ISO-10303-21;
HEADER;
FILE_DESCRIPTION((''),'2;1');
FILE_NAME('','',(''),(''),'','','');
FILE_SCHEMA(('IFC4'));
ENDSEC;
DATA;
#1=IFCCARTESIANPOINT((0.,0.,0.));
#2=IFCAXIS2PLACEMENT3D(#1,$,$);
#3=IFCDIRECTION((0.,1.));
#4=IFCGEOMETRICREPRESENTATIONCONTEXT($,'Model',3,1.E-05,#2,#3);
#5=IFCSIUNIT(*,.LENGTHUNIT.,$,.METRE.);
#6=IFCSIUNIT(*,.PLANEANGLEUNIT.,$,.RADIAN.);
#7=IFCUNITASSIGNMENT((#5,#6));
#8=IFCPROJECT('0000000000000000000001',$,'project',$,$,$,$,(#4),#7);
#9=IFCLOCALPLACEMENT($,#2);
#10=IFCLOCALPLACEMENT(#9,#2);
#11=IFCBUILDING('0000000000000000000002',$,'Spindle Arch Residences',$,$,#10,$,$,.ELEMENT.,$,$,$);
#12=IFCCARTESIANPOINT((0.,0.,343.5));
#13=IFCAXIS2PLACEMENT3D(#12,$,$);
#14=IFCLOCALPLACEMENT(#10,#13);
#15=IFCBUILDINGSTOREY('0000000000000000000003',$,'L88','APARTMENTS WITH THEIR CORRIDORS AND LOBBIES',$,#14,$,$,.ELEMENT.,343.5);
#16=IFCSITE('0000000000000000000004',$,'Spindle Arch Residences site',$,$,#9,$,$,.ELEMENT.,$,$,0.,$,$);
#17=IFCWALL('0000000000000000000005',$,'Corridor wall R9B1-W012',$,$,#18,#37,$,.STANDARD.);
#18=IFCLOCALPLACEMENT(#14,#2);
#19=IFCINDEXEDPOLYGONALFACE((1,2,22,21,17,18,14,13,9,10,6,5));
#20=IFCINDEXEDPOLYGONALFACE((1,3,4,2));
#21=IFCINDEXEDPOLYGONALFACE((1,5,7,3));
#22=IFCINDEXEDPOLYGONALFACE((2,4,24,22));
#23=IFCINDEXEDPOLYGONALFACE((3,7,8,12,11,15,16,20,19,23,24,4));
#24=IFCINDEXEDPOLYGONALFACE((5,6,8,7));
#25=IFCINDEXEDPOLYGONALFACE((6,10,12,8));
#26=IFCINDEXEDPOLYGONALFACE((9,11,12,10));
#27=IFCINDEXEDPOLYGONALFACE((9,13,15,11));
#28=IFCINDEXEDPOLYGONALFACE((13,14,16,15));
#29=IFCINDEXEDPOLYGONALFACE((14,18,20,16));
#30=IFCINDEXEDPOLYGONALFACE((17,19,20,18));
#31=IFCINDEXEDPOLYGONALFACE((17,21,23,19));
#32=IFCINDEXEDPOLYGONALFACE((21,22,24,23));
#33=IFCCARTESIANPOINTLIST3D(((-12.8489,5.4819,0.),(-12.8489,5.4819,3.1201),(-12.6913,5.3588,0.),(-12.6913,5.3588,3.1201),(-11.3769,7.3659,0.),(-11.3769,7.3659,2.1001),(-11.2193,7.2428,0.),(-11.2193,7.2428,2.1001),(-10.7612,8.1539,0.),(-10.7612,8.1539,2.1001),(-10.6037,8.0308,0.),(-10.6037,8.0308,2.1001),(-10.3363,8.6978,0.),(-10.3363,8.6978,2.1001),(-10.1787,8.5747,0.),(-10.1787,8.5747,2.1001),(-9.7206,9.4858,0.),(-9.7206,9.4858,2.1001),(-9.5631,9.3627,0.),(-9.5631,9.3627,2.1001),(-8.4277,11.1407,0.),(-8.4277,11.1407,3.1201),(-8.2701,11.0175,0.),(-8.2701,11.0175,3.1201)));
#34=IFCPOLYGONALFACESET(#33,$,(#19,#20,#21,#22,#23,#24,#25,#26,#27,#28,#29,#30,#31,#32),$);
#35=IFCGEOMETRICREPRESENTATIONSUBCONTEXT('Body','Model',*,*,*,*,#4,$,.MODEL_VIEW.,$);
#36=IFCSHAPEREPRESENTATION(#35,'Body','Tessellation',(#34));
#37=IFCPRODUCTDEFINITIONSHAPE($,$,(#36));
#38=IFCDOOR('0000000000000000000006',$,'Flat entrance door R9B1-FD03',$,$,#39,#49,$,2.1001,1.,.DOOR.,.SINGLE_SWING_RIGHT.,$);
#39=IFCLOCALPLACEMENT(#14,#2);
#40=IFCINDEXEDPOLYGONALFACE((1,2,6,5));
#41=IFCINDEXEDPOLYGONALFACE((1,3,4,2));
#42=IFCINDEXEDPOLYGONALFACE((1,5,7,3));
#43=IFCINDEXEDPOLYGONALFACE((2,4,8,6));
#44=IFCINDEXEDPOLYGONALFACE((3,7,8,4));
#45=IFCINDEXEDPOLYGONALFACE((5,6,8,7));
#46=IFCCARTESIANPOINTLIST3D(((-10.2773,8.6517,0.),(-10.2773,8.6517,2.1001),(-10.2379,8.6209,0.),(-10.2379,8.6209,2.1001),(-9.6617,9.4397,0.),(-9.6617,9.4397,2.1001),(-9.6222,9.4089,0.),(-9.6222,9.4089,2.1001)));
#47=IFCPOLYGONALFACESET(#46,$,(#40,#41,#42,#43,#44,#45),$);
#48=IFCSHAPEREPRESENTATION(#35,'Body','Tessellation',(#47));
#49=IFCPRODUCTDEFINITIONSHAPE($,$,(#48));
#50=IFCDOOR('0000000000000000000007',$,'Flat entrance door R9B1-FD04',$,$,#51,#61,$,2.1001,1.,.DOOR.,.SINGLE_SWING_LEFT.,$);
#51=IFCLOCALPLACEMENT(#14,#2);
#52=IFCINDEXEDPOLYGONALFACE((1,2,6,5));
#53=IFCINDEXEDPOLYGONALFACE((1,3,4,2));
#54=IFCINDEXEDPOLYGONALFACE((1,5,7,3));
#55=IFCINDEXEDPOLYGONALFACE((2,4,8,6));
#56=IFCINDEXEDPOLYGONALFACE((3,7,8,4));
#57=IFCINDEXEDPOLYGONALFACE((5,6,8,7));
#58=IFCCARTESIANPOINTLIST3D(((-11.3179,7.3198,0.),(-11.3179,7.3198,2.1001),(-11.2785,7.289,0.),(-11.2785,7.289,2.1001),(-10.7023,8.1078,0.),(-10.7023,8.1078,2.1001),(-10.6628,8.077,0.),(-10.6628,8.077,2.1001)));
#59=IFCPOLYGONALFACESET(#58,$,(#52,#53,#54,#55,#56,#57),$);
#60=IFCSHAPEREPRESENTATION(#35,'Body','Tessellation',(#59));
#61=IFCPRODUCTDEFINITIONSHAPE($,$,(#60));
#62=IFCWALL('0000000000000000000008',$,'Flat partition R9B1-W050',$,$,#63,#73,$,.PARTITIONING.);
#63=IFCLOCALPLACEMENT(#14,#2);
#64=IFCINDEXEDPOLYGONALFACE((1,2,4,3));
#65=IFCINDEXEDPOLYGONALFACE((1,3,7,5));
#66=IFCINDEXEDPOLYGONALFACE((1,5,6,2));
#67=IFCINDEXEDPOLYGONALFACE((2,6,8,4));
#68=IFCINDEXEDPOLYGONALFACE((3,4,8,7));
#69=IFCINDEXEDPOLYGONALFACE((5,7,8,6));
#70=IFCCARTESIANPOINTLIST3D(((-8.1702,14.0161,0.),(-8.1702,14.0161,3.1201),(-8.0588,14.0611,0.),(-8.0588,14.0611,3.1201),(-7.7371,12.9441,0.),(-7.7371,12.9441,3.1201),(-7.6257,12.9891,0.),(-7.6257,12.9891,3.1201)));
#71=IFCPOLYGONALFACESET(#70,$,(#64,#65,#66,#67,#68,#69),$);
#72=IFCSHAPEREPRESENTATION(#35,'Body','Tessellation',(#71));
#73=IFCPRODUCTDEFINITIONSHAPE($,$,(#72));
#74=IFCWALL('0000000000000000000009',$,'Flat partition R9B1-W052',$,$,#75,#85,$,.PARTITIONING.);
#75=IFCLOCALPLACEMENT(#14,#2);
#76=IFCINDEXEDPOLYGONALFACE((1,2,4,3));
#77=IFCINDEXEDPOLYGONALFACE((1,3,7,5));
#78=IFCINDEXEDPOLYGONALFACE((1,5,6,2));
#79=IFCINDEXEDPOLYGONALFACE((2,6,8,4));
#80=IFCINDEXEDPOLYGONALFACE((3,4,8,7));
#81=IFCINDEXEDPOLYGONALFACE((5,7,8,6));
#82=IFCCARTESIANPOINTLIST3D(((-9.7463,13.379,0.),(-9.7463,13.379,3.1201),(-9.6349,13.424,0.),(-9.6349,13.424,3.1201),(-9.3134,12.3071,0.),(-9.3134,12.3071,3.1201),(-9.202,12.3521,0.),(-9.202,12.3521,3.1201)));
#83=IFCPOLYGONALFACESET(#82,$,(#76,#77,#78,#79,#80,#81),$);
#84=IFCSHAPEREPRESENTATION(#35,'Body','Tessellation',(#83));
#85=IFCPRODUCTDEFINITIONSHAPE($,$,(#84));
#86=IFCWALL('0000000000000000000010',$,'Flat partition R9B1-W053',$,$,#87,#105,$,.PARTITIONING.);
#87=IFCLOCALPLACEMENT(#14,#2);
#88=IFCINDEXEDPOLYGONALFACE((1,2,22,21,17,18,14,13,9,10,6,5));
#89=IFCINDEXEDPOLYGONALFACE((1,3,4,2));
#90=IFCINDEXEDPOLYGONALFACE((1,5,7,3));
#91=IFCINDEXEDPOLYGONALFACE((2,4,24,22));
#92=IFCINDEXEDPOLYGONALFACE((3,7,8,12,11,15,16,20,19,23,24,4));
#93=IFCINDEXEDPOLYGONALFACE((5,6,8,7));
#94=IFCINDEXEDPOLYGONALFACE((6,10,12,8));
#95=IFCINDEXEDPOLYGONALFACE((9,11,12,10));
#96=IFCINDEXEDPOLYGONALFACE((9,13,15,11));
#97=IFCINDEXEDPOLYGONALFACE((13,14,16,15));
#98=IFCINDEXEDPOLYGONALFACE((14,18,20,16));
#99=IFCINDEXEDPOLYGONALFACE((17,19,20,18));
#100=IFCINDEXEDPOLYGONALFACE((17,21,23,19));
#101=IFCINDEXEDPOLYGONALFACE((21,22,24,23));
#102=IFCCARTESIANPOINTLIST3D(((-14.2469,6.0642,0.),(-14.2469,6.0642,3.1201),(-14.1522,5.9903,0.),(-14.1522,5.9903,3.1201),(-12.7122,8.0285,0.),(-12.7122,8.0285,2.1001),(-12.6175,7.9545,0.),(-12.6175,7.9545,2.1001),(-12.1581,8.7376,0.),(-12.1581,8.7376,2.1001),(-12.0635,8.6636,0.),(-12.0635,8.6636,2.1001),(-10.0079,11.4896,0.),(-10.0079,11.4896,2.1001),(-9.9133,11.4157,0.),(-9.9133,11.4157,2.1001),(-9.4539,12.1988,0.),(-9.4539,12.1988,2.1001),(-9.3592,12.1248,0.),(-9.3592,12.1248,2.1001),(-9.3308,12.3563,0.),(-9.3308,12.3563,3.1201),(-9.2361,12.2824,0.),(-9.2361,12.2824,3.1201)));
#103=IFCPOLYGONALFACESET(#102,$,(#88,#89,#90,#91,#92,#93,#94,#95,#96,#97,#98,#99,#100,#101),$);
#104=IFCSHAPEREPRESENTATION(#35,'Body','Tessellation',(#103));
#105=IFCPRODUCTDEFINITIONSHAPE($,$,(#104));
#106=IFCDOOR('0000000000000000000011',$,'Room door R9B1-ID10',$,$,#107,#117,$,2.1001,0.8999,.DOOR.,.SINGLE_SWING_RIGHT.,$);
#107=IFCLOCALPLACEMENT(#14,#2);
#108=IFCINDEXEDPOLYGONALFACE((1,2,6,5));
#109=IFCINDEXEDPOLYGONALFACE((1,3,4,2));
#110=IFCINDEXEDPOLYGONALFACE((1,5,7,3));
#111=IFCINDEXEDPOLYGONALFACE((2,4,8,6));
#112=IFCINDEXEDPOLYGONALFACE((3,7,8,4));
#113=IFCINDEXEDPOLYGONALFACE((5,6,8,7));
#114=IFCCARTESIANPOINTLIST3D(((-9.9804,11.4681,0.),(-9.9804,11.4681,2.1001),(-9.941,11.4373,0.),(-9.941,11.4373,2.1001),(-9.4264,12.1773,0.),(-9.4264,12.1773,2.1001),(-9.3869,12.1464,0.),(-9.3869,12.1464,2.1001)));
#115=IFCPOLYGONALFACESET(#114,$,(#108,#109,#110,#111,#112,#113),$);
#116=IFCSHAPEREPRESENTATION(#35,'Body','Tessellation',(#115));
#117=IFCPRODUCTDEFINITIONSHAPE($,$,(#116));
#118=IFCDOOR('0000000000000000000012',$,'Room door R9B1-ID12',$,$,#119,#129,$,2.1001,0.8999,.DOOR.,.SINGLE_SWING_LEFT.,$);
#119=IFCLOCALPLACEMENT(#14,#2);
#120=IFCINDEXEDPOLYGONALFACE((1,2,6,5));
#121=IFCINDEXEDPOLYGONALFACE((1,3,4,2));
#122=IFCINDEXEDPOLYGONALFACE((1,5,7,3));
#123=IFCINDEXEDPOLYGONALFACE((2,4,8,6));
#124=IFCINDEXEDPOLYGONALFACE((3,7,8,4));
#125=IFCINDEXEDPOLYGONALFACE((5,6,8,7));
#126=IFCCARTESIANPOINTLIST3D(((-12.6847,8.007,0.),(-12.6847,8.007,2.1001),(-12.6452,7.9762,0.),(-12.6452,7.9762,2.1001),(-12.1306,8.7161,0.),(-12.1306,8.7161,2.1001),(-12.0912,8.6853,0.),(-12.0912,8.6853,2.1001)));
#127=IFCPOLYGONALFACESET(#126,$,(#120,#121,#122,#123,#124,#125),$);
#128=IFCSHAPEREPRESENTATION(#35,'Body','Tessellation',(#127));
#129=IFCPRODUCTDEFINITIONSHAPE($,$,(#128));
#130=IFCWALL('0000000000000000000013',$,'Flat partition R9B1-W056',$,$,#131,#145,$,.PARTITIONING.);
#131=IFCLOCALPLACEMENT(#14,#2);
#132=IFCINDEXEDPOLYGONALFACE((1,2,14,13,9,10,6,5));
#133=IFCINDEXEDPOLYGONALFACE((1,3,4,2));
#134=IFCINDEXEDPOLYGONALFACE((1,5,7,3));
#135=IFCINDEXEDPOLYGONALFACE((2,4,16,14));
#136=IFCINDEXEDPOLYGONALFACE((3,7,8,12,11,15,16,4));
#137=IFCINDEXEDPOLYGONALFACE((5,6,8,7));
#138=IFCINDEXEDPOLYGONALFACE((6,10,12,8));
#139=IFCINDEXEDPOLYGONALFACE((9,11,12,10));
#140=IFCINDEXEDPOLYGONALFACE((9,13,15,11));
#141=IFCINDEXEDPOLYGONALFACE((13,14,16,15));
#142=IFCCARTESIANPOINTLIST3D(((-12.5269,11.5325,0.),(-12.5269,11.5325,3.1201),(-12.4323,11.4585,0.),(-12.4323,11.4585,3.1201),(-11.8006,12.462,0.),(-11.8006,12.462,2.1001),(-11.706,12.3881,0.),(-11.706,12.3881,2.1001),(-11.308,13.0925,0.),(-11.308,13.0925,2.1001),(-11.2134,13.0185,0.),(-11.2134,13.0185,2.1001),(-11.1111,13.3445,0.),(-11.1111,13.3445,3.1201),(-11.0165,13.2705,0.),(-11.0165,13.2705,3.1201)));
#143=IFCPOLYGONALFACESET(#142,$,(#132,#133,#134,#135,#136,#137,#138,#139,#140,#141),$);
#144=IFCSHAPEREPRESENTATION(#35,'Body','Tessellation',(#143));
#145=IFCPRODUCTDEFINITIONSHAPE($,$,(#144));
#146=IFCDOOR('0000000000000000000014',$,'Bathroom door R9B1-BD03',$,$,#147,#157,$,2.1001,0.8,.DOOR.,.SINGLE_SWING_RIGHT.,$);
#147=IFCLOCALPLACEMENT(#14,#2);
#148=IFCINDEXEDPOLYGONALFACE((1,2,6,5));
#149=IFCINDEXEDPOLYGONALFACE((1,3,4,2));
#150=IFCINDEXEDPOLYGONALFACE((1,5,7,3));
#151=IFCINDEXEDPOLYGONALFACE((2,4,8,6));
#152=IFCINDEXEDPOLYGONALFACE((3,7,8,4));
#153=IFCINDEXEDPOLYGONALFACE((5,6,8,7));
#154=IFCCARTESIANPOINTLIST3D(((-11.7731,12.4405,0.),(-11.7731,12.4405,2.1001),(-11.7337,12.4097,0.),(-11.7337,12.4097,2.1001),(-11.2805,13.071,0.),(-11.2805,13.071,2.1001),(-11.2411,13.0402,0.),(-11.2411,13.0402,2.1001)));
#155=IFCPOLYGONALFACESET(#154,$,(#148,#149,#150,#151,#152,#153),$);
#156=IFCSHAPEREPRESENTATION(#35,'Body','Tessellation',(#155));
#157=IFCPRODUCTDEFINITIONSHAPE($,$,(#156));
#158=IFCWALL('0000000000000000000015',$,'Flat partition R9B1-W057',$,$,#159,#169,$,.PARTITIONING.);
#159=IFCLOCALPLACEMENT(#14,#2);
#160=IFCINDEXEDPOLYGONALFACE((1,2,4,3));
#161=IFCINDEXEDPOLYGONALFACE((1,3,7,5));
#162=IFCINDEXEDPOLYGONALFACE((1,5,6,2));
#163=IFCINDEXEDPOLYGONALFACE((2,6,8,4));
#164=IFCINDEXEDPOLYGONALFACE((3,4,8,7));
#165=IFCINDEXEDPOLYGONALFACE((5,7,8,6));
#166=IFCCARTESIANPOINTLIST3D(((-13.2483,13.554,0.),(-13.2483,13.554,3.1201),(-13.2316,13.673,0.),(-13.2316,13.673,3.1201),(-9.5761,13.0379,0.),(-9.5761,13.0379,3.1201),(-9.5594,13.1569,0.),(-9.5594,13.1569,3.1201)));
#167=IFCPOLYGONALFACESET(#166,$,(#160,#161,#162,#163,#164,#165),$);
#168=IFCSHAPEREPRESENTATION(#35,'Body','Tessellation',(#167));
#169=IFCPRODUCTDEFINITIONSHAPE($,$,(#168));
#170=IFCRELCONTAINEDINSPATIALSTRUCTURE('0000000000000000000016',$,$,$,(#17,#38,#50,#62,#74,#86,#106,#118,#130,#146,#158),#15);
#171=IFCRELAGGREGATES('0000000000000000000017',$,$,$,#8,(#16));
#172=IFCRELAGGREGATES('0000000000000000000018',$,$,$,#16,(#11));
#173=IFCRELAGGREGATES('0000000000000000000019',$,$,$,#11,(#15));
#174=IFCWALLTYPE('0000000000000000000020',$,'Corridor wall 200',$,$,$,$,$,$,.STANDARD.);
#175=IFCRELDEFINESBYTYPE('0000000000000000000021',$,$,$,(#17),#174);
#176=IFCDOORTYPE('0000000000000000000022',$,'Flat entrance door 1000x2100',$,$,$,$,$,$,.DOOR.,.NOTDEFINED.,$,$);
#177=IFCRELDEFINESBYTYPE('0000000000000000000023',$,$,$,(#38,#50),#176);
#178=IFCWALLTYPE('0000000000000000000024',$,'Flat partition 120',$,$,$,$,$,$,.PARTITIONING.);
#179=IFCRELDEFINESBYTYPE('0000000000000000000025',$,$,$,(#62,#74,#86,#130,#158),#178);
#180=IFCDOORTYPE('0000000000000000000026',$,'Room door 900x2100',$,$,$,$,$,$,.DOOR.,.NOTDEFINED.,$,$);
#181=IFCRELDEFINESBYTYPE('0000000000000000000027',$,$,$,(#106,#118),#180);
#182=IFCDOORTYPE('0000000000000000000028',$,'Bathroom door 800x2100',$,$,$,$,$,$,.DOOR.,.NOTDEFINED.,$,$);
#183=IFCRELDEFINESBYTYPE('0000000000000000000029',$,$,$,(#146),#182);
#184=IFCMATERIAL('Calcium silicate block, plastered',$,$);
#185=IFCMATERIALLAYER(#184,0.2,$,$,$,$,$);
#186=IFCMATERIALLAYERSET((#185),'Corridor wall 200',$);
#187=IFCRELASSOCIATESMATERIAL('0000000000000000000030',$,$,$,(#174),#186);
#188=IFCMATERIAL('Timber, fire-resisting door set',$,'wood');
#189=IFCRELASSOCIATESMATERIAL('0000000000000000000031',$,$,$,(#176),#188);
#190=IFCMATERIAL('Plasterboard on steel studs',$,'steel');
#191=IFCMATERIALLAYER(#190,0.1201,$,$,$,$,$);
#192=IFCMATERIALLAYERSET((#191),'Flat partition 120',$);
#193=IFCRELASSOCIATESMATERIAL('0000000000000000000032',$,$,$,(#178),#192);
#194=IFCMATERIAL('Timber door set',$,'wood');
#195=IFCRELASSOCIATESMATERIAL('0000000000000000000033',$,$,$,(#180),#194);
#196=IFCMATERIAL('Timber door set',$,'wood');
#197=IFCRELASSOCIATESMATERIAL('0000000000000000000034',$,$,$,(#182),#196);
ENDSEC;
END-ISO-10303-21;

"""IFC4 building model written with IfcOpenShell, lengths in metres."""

from ifc_helpers import new_model, si_unit, direction, frame, frame_2d, origin, place, context, subcontext, project, spatial, rectangle, extrude, material, layer, layer_set, type_object, element, fill, save


model = new_model("IFC4")

# Units and contexts
model_context = context("Model", 3, precision=1e-05, world=origin(), true_north=direction((0.0, 1.0)))
body_context = subcontext(model_context, "Body", "Model", "MODEL_VIEW")
ifc_project = project(units=[si_unit("LENGTHUNIT", "METRE"), si_unit("PLANEANGLEUNIT", "RADIAN")], contexts=[model_context])

# Site, building, storey
site_placement = place(None, origin())
site = spatial("IfcSite", under=ifc_project, at=site_placement, Name="Spindle Arch Residences site", CompositionType="ELEMENT", RefElevation=0.0)
building_placement = place(site_placement, origin())
building = spatial("IfcBuilding", under=site, at=building_placement, Name="Spindle Arch Residences", CompositionType="ELEMENT")
storey_placement = place(building_placement, frame((0.0, 0.0, 343.5)))
storey = spatial("IfcBuildingStorey", under=building, at=storey_placement, Name="L88", Description="APARTMENTS WITH THEIR CORRIDORS AND LOBBIES", CompositionType="ELEMENT", Elevation=343.5)

# Wall, openings, doors
ifc_material_1 = material(Name="Calcium silicate block, plastered")
ifc_layer_1 = layer(ifc_material_1, 0.2)
ifc_layer_set_1 = layer_set([ifc_layer_1], Name="Corridor wall 200")
wall_type_1 = type_object("IfcWallType", Name="Corridor wall 200", PredefinedType="STANDARD", material=ifc_layer_set_1)
wall_1_placement = place(storey_placement, frame((-8.3489, 11.0791, 0.0), z_axis=(0.0, 0.0, 1.0), x_axis=(-0.615669, -0.788005, 0.0)))
wall_1 = element("IfcWall", 1, at=wall_1_placement, inside=storey, type_object=wall_type_1, Name="Corridor wall R9B1-W012", PredefinedType="STANDARD", context=body_context, shape_type="SweptSolid", body=[
    extrude(rectangle(XDim=7.1812, YDim=0.2, at=frame_2d((3.5906, 0.0))), origin(), (0.0, 0.0, 1.0), 3.1201),
])
opening_1_placement = place(wall_1_placement, frame((2.1001, 0.0, 0.0)))
opening_1 = element("IfcOpeningElement", 2, at=opening_1_placement, cuts=wall_1, PredefinedType="OPENING", context=body_context, shape_type="SweptSolid", body=[
    extrude(rectangle(XDim=1.0, YDim=2.1001, at=frame_2d((0.5, 1.05))), frame((0.0, 0.1099, 0.0), z_axis=(0.0, -1.0, 0.0), x_axis=(1.0, 0.0, 0.0)), (0.0, 0.0, 1.0), 0.22),
])
opening_2_placement = place(wall_1_placement, frame((3.7903, 0.0, 0.0)))
opening_2 = element("IfcOpeningElement", 3, at=opening_2_placement, cuts=wall_1, PredefinedType="OPENING", context=body_context, shape_type="SweptSolid", body=[
    extrude(rectangle(XDim=1.0, YDim=2.1001, at=frame_2d((0.5, 1.05))), frame((0.0, 0.1099, 0.0), z_axis=(0.0, -1.0, 0.0), x_axis=(1.0, 0.0, 0.0)), (0.0, 0.0, 1.0), 0.22),
])
ifc_material_2 = material(Name="Timber, fire-resisting door set", Category="wood")
door_type_1 = type_object("IfcDoorType", Name="Flat entrance door 1000x2100", OperationType="NOTDEFINED", PredefinedType="DOOR", material=ifc_material_2)
door_1_placement = place(opening_1_placement, origin())
door_1 = element("IfcDoor", 4, at=door_1_placement, inside=storey, type_object=door_type_1, Name="Flat entrance door R9B1-FD03", OperationType="SINGLE_SWING_RIGHT", OverallHeight=2.1001, OverallWidth=1.0, PredefinedType="DOOR", context=body_context, shape_type="SweptSolid", body=[
    extrude(rectangle(XDim=1.0, YDim=2.1001, at=frame_2d((0.5, 1.05))), frame((0.0, 0.0249, 0.0), z_axis=(0.0, -1.0, 0.0), x_axis=(1.0, 0.0, 0.0)), (0.0, 0.0, 1.0), 0.05),
])
fill(opening_1, door_1)
door_2_placement = place(opening_2_placement, origin())
door_2 = element("IfcDoor", 5, at=door_2_placement, inside=storey, type_object=door_type_1, Name="Flat entrance door R9B1-FD04", OperationType="SINGLE_SWING_LEFT", OverallHeight=2.1001, OverallWidth=1.0, PredefinedType="DOOR", context=body_context, shape_type="SweptSolid", body=[
    extrude(rectangle(XDim=1.0, YDim=2.1001, at=frame_2d((0.5, 1.05))), frame((0.0, 0.0249, 0.0), z_axis=(0.0, -1.0, 0.0), x_axis=(1.0, 0.0, 0.0)), (0.0, 0.0, 1.0), 0.05),
])
fill(opening_2, door_2)

# Walls
ifc_material_3 = material(Name="Plasterboard on steel studs", Category="steel")
ifc_layer_2 = layer(ifc_material_3, 0.1201)
ifc_layer_set_2 = layer_set([ifc_layer_2], Name="Flat partition 120")
wall_type_2 = type_object("IfcWallType", Name="Flat partition 120", PredefinedType="PARTITIONING", material=ifc_layer_set_2)
wall_2_placement = place(storey_placement, frame((-7.6814, 12.9666, 0.0), z_axis=(0.0, 0.0, 1.0), x_axis=(-0.374592, 0.92719, 0.0)))
element("IfcWall", 6, at=wall_2_placement, inside=storey, type_object=wall_type_2, Name="Flat partition R9B1-W050", PredefinedType="PARTITIONING", context=body_context, shape_type="SweptSolid", body=[
    extrude(rectangle(XDim=1.1562, YDim=0.1201, at=frame_2d((0.5781, 0.0))), origin(), (0.0, 0.0, 1.0), 3.1201),
])
wall_3_placement = place(storey_placement, frame((-9.6907, 13.4016, 0.0), z_axis=(0.0, 0.0, 1.0), x_axis=(0.374484, -0.927233, 0.0)))
element("IfcWall", 7, at=wall_3_placement, inside=storey, type_object=wall_type_2, Name="Flat partition R9B1-W052", PredefinedType="PARTITIONING", context=body_context, shape_type="SweptSolid", body=[
    extrude(rectangle(XDim=1.156, YDim=0.1201, at=frame_2d((0.5781, 0.0))), origin(), (0.0, 0.0, 1.0), 3.1201),
])

# Wall, openings, doors
wall_4_placement = place(storey_placement, frame((-9.2834, 12.3193, 0.0), z_axis=(0.0, 0.0, 1.0), x_axis=(-0.615675, -0.788, 0.0)))
wall_4 = element("IfcWall", 8, at=wall_4_placement, inside=storey, type_object=wall_type_2, Name="Flat partition R9B1-W053", PredefinedType="PARTITIONING", context=body_context, shape_type="SweptSolid", body=[
    extrude(rectangle(XDim=7.9849, YDim=0.1201, at=frame_2d((3.9924, 0.0))), origin(), (0.0, 0.0, 1.0), 3.1201),
])
opening_3_placement = place(wall_4_placement, frame((0.2, 0.0, 0.0)))
opening_3 = element("IfcOpeningElement", 9, at=opening_3_placement, cuts=wall_4, PredefinedType="OPENING", context=body_context, shape_type="SweptSolid", body=[
    extrude(rectangle(XDim=0.8999, YDim=2.1001, at=frame_2d((0.45, 1.05))), frame((0.0, 0.0701, 0.0), z_axis=(0.0, -1.0, 0.0), x_axis=(1.0, 0.0, 0.0)), (0.0, 0.0, 1.0), 0.1401),
])
opening_4_placement = place(wall_4_placement, frame((4.5923, 0.0, 0.0)))
opening_4 = element("IfcOpeningElement", 10, at=opening_4_placement, cuts=wall_4, PredefinedType="OPENING", context=body_context, shape_type="SweptSolid", body=[
    extrude(rectangle(XDim=0.8999, YDim=2.1001, at=frame_2d((0.45, 1.05))), frame((0.0, 0.0701, 0.0), z_axis=(0.0, -1.0, 0.0), x_axis=(1.0, 0.0, 0.0)), (0.0, 0.0, 1.0), 0.1401),
])
ifc_material_4 = material(Name="Timber door set", Category="wood")
door_type_2 = type_object("IfcDoorType", Name="Room door 900x2100", OperationType="NOTDEFINED", PredefinedType="DOOR", material=ifc_material_4)
door_3_placement = place(opening_3_placement, origin())
door_3 = element("IfcDoor", 11, at=door_3_placement, inside=storey, type_object=door_type_2, Name="Room door R9B1-ID10", OperationType="SINGLE_SWING_RIGHT", OverallHeight=2.1001, OverallWidth=0.8999, PredefinedType="DOOR", context=body_context, shape_type="SweptSolid", body=[
    extrude(rectangle(XDim=0.8999, YDim=2.1001, at=frame_2d((0.45, 1.05))), frame((0.0, 0.0249, 0.0), z_axis=(0.0, -1.0, 0.0), x_axis=(1.0, 0.0, 0.0)), (0.0, 0.0, 1.0), 0.05),
])
fill(opening_3, door_3)
door_4_placement = place(opening_4_placement, origin())
door_4 = element("IfcDoor", 12, at=door_4_placement, inside=storey, type_object=door_type_2, Name="Room door R9B1-ID12", OperationType="SINGLE_SWING_LEFT", OverallHeight=2.1001, OverallWidth=0.8999, PredefinedType="DOOR", context=body_context, shape_type="SweptSolid", body=[
    extrude(rectangle(XDim=0.8999, YDim=2.1001, at=frame_2d((0.45, 1.05))), frame((0.0, 0.0249, 0.0), z_axis=(0.0, -1.0, 0.0), x_axis=(1.0, 0.0, 0.0)), (0.0, 0.0, 1.0), 0.05),
])
fill(opening_4, door_4)

# Wall, opening, door
wall_5_placement = place(storey_placement, frame((-11.0637, 13.3076, 0.0), z_axis=(0.0, 0.0, 1.0), x_axis=(-0.615681, -0.787995, 0.0)))
wall_5 = element("IfcWall", 13, at=wall_5_placement, inside=storey, type_object=wall_type_2, Name="Flat partition R9B1-W056", PredefinedType="PARTITIONING", context=body_context, shape_type="SweptSolid", body=[
    extrude(rectangle(XDim=2.2996, YDim=0.1201, at=frame_2d((1.1499, 0.0))), origin(), (0.0, 0.0, 1.0), 3.1201),
])
opening_5_placement = place(wall_5_placement, frame((0.3201, 0.0, 0.0)))
opening_5 = element("IfcOpeningElement", 14, at=opening_5_placement, cuts=wall_5, PredefinedType="OPENING", context=body_context, shape_type="SweptSolid", body=[
    extrude(rectangle(XDim=0.8, YDim=2.1001, at=frame_2d((0.3999, 1.05))), frame((0.0, 0.0701, 0.0), z_axis=(0.0, -1.0, 0.0), x_axis=(1.0, 0.0, 0.0)), (0.0, 0.0, 1.0), 0.1401),
])
ifc_material_5 = material(Name="Timber door set", Category="wood")
door_type_3 = type_object("IfcDoorType", Name="Bathroom door 800x2100", OperationType="NOTDEFINED", PredefinedType="DOOR", material=ifc_material_5)
door_5_placement = place(opening_5_placement, origin())
door_5 = element("IfcDoor", 15, at=door_5_placement, inside=storey, type_object=door_type_3, Name="Bathroom door R9B1-BD03", OperationType="SINGLE_SWING_RIGHT", OverallHeight=2.1001, OverallWidth=0.8, PredefinedType="DOOR", context=body_context, shape_type="SweptSolid", body=[
    extrude(rectangle(XDim=0.8, YDim=2.1001, at=frame_2d((0.3999, 1.05))), frame((0.0, 0.0249, 0.0), z_axis=(0.0, -1.0, 0.0), x_axis=(1.0, 0.0, 0.0)), (0.0, 0.0, 1.0), 0.05),
])
fill(opening_5, door_5)

# Wall
wall_6_placement = place(storey_placement, frame((-9.5679, 13.0974, 0.0), z_axis=(0.0, 0.0, 1.0), x_axis=(-0.990267, 0.139181, 0.0)))
element("IfcWall", 16, at=wall_6_placement, inside=storey, type_object=wall_type_2, Name="Flat partition R9B1-W057", PredefinedType="PARTITIONING", context=body_context, shape_type="SweptSolid", body=[
    extrude(rectangle(XDim=3.7083, YDim=0.1201, at=frame_2d((1.854, 0.0))), origin(), (0.0, 0.0, 1.0), 3.1201),
])

save(model, "model.ifc")
